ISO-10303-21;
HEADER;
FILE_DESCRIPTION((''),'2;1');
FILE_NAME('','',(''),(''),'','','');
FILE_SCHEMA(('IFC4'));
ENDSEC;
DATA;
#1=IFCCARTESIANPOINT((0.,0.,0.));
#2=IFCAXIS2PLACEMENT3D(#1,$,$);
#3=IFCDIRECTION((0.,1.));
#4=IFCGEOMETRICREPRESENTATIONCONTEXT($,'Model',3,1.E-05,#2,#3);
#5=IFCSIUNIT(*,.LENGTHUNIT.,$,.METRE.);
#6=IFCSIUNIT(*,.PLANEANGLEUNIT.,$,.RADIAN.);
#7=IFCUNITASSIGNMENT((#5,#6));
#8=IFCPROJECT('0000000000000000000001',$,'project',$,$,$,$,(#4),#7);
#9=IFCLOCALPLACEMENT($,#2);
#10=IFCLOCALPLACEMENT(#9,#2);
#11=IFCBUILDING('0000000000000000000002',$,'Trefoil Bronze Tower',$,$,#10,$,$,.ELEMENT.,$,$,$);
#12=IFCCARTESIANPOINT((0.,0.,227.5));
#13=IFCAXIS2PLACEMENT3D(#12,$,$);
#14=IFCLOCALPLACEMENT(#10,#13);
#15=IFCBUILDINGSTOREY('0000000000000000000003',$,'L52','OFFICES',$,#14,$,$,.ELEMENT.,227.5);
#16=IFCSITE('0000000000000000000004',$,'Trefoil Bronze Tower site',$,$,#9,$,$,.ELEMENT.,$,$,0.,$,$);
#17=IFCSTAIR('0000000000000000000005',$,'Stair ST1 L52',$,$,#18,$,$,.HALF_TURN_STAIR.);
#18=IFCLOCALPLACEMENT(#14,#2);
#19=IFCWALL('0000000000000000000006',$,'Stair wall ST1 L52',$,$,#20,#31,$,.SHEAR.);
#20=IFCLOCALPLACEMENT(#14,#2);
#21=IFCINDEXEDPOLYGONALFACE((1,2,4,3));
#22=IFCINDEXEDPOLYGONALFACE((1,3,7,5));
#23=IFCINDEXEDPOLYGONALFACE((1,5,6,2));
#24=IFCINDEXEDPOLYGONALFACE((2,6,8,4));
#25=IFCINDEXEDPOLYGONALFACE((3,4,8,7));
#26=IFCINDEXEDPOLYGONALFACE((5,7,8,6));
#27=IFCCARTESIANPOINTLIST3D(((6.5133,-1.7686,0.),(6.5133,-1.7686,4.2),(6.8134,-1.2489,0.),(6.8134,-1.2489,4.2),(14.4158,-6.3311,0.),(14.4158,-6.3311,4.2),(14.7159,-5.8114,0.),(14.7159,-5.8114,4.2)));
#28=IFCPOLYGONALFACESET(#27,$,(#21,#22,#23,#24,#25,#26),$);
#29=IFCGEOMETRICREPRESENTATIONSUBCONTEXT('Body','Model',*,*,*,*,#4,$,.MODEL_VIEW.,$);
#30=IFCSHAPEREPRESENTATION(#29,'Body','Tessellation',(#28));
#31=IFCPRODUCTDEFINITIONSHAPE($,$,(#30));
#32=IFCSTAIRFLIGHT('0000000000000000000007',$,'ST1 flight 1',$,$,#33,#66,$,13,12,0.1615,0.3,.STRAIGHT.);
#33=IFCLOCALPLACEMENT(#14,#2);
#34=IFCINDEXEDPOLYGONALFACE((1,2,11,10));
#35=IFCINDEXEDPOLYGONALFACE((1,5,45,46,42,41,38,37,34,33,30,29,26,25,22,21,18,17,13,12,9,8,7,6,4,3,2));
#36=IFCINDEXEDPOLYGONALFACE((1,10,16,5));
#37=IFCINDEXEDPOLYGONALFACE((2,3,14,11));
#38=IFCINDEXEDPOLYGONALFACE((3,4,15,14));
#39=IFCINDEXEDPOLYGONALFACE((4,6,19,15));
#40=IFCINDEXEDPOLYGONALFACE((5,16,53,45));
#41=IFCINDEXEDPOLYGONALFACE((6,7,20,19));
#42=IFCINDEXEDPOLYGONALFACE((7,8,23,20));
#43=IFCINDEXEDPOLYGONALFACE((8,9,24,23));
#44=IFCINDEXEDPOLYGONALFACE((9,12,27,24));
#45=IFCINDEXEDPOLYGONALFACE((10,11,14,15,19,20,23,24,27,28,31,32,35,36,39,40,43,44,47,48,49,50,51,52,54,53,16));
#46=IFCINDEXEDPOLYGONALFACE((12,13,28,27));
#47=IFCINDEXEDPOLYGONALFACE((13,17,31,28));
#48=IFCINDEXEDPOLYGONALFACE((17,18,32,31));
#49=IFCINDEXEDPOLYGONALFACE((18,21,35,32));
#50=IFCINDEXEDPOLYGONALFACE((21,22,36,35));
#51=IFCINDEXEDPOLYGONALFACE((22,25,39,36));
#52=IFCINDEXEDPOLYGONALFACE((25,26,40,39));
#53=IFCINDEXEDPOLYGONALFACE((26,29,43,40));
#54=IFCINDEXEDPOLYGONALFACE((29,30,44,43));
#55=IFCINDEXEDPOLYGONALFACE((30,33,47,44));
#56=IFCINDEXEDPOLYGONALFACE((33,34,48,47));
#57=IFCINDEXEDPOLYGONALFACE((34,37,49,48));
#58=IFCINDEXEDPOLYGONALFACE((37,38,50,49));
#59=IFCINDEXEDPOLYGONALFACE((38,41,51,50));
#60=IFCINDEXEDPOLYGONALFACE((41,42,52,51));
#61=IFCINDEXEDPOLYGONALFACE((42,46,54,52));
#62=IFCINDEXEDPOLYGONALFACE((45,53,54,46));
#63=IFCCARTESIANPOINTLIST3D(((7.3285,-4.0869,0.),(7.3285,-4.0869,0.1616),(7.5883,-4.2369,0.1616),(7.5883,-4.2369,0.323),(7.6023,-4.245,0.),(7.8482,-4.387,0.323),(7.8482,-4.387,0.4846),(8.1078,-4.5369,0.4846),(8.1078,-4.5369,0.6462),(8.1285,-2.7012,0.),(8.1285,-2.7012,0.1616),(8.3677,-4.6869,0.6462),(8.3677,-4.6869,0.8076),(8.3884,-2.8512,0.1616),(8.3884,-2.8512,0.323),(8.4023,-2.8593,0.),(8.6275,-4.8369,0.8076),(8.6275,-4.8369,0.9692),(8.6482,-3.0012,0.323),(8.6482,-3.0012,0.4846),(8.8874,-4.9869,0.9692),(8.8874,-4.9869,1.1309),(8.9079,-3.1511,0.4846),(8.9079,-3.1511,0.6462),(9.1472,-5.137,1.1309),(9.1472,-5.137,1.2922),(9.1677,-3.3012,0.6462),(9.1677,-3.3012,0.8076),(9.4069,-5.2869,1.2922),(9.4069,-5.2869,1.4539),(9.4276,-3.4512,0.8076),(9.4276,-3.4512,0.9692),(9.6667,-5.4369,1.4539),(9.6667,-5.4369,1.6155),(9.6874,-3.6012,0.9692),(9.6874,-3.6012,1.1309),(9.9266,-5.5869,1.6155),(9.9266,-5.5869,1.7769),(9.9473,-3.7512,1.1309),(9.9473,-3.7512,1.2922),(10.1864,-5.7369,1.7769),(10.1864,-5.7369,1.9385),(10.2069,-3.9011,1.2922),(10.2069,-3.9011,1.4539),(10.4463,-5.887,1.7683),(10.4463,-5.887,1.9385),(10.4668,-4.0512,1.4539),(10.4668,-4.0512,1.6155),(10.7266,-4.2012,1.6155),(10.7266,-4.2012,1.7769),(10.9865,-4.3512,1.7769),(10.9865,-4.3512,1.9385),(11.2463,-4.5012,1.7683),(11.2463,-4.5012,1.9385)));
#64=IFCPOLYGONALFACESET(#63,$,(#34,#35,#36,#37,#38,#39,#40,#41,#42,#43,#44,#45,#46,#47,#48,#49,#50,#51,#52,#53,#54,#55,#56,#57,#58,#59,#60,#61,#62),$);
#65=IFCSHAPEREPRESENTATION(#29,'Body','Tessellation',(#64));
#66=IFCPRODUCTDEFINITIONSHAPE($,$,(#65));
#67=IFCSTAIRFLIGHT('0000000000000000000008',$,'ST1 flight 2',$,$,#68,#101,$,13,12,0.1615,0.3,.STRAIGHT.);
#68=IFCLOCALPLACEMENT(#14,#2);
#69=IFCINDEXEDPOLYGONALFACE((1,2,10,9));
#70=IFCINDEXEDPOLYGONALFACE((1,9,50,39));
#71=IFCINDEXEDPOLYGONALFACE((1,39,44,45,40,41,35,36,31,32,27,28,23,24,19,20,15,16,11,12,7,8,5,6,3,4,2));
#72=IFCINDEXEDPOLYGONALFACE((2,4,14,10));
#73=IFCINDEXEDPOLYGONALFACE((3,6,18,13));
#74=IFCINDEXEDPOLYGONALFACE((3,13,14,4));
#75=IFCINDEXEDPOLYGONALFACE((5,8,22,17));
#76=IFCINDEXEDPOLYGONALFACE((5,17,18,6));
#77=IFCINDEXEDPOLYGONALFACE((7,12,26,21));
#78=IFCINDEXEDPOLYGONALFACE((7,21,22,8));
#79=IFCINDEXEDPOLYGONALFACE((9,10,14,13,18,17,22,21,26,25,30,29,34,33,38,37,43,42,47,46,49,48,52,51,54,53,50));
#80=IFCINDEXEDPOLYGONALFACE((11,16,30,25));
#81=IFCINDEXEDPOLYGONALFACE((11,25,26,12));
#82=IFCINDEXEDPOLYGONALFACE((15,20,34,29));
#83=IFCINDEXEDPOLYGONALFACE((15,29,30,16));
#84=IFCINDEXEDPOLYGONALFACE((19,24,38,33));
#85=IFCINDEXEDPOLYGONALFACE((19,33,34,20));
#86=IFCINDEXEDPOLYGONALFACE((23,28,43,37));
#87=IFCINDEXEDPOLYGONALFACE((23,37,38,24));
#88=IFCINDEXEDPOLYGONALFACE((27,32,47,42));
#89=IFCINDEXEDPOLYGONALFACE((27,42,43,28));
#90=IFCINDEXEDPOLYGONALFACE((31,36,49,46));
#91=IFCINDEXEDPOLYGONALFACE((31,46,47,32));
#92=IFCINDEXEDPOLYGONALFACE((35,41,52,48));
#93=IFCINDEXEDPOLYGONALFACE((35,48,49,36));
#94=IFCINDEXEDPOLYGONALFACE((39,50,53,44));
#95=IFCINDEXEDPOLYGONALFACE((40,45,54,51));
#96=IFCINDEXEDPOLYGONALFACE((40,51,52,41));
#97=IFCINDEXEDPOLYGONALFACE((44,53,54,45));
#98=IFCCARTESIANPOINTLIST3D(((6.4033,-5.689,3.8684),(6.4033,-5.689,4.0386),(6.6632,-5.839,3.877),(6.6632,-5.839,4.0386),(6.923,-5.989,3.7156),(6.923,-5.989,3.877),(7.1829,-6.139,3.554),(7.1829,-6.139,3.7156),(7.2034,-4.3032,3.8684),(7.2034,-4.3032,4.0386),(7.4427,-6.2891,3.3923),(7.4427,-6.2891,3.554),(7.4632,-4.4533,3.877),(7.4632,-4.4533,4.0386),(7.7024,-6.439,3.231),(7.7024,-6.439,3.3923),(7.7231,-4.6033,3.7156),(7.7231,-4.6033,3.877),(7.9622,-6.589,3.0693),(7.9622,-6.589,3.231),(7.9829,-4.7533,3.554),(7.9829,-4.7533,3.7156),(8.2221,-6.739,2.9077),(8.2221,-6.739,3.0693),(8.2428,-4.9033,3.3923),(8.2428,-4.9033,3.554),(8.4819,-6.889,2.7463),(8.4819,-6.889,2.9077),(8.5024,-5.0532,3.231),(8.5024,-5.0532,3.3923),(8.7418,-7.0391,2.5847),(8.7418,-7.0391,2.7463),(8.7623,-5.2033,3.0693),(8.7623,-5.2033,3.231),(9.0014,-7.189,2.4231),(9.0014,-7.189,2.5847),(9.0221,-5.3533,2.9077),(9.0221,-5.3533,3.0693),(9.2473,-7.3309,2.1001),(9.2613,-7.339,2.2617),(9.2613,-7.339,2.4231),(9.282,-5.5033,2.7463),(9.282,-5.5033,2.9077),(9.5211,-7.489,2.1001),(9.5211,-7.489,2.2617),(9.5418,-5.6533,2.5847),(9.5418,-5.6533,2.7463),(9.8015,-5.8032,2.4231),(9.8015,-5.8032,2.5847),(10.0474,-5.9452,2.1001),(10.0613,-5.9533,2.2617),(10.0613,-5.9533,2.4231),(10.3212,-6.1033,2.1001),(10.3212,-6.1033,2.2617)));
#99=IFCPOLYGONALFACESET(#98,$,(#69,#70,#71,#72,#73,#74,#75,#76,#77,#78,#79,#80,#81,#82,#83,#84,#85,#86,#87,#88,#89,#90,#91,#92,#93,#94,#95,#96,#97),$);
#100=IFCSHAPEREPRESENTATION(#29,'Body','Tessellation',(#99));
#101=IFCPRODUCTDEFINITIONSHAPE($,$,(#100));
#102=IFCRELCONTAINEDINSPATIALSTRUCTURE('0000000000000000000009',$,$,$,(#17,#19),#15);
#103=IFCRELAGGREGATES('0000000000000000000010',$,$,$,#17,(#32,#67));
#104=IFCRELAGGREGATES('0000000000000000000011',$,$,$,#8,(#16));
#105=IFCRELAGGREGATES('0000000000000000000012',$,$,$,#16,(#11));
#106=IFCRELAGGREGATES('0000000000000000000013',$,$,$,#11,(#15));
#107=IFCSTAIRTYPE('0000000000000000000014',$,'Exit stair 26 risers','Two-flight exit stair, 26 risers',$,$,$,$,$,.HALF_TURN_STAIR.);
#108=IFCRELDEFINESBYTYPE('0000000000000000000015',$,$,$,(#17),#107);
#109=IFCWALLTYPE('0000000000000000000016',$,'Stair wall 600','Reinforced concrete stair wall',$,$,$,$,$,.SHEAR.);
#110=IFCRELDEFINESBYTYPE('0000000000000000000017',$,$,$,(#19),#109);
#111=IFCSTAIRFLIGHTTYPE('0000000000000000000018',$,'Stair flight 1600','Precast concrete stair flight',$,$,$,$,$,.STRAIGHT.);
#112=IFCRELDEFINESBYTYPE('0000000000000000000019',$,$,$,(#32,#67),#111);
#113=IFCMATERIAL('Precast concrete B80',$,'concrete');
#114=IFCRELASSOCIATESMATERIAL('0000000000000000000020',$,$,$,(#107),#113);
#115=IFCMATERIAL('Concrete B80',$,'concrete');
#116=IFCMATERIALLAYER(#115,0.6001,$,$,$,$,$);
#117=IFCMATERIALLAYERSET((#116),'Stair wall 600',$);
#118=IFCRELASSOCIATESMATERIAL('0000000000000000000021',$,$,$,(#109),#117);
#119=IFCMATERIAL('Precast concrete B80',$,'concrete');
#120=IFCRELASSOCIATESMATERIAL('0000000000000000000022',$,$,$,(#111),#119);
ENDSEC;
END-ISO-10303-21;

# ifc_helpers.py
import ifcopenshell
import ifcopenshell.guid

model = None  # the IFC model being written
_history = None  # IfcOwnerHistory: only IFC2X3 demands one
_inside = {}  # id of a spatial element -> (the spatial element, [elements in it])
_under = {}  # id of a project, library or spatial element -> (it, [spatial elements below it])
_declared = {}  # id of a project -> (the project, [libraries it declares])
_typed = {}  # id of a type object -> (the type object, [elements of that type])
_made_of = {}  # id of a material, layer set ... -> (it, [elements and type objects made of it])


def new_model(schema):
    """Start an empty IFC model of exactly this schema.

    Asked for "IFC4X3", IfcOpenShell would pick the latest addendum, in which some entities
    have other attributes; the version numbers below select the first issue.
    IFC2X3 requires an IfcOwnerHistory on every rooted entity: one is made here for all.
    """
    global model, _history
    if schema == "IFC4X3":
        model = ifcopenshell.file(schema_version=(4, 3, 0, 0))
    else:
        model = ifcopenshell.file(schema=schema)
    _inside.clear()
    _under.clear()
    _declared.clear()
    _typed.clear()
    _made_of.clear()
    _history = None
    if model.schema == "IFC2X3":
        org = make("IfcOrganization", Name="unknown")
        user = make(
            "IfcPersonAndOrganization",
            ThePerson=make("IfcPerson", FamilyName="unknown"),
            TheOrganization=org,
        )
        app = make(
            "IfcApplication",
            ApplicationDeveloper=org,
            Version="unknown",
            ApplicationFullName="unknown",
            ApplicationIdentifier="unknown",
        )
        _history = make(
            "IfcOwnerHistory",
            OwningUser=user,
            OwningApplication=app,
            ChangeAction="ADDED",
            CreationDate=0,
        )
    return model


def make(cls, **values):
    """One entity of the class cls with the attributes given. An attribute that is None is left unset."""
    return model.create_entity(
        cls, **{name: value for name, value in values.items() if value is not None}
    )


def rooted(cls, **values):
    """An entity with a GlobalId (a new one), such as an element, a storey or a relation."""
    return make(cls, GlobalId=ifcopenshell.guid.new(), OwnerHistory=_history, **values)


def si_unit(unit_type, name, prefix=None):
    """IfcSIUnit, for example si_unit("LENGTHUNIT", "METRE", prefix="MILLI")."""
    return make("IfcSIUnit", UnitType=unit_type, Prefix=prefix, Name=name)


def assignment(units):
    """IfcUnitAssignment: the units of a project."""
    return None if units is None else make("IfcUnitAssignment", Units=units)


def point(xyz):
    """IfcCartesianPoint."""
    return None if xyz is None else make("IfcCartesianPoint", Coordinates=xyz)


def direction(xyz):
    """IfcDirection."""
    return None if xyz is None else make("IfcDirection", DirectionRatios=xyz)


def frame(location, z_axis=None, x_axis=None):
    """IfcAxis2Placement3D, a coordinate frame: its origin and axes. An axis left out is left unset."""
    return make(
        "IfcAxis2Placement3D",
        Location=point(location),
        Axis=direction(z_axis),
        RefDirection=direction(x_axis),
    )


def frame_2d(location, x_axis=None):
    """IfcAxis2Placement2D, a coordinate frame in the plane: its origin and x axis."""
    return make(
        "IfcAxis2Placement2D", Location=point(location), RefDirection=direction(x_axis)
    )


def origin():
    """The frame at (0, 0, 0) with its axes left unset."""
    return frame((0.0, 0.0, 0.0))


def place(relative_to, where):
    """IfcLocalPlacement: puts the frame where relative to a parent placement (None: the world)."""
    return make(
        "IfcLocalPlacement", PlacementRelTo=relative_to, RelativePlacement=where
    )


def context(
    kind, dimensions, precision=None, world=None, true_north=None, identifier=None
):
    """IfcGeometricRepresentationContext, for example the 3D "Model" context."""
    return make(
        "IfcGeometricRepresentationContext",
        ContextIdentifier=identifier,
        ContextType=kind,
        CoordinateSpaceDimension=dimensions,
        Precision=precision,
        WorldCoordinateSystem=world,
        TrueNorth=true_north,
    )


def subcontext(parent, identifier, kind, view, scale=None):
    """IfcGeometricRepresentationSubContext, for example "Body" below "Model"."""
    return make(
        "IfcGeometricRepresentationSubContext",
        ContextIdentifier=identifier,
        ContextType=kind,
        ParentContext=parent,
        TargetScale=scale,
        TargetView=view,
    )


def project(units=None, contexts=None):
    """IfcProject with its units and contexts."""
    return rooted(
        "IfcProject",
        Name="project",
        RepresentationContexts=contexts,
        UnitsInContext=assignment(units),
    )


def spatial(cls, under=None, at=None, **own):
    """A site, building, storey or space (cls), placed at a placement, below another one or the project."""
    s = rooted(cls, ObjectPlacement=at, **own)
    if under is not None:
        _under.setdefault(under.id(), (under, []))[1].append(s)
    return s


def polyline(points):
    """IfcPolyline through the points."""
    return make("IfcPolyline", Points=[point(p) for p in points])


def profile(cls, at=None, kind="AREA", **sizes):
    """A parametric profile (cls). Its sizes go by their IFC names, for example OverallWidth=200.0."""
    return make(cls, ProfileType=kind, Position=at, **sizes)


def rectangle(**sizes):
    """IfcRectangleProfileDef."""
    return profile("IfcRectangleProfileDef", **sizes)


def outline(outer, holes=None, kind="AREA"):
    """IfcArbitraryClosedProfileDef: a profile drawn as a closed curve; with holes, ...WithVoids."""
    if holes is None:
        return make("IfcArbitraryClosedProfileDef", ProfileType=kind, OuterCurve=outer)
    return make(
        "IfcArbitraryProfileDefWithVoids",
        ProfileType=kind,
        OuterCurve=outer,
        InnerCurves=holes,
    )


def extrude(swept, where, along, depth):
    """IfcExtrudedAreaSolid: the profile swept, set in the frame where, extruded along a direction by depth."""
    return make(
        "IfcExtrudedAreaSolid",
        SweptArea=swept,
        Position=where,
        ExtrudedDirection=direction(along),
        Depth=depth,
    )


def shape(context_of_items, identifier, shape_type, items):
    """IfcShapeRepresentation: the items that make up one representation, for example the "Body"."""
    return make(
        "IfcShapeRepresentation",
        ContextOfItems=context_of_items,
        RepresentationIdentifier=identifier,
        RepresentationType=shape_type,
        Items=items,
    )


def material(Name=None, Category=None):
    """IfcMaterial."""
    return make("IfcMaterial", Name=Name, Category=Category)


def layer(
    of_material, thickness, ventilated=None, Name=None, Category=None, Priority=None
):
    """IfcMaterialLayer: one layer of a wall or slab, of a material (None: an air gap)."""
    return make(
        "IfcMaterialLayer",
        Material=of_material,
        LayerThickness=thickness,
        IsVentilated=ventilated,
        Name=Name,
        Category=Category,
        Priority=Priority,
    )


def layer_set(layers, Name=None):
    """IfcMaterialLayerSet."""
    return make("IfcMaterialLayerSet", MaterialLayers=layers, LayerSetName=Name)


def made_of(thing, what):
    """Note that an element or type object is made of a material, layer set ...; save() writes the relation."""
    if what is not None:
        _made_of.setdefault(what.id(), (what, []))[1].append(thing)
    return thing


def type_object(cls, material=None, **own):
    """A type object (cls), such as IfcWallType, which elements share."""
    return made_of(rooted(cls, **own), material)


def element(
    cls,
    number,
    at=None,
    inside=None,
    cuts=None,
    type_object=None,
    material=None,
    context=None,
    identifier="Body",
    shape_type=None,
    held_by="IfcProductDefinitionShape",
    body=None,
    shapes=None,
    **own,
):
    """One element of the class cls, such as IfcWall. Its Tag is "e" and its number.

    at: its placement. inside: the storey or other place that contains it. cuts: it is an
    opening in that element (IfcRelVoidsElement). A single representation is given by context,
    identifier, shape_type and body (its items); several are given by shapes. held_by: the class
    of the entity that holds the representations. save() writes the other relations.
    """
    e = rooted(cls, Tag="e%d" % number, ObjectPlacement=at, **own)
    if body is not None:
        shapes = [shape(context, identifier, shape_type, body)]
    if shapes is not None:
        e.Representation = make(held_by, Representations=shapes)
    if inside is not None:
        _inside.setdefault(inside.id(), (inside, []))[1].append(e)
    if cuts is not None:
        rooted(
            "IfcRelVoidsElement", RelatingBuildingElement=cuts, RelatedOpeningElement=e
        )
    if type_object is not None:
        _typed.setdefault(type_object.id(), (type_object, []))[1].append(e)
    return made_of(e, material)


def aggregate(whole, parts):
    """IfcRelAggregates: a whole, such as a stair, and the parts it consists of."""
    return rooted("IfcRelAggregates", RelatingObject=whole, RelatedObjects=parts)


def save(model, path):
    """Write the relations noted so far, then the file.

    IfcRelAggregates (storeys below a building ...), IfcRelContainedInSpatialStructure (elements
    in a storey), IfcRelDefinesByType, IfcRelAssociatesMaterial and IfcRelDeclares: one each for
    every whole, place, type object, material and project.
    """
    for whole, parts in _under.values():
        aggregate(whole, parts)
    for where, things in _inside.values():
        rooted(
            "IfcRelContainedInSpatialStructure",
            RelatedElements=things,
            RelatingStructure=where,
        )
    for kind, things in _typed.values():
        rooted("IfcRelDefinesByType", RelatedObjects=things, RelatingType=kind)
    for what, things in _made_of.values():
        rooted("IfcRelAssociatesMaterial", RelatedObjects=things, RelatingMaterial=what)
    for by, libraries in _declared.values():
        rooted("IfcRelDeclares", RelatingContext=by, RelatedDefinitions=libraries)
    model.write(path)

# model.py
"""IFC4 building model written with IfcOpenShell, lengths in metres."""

from ifc_helpers import new_model, si_unit, direction, frame, frame_2d, origin, place, context, subcontext, project, spatial, polyline, rectangle, outline, extrude, material, layer, layer_set, type_object, element, aggregate, save


model = new_model("IFC4")

# Units and contexts
model_context = context("Model", 3, precision=1e-05, world=origin(), true_north=direction((0.0, 1.0)))
body_context = subcontext(model_context, "Body", "Model", "MODEL_VIEW")
ifc_project = project(units=[si_unit("LENGTHUNIT", "METRE"), si_unit("PLANEANGLEUNIT", "RADIAN")], contexts=[model_context])

# Site, building, storey
site_placement = place(None, origin())
site = spatial("IfcSite", under=ifc_project, at=site_placement, Name="Trefoil Bronze Tower site", CompositionType="ELEMENT", RefElevation=0.0)
building_placement = place(site_placement, origin())
building = spatial("IfcBuilding", under=site, at=building_placement, Name="Trefoil Bronze Tower", CompositionType="ELEMENT")
storey_placement = place(building_placement, frame((0.0, 0.0, 227.5)))
storey = spatial("IfcBuildingStorey", under=building, at=storey_placement, Name="L52", Description="OFFICES", CompositionType="ELEMENT", Elevation=227.5)

# Stair
ifc_material_1 = material(Name="Precast concrete B80", Category="concrete")
stair_type = type_object("IfcStairType", Name="Exit stair 26 risers", Description="Two-flight exit stair, 26 risers", PredefinedType="HALF_TURN_STAIR", material=ifc_material_1)
stair_1_placement = place(storey_placement, origin())
stair_1 = element("IfcStair", 1, at=stair_1_placement, inside=storey, type_object=stair_type, Name="Stair ST1 L52", PredefinedType="HALF_TURN_STAIR")

# Wall
ifc_material_2 = material(Name="Concrete B80", Category="concrete")
ifc_layer_1 = layer(ifc_material_2, 0.6001)
ifc_layer_set_1 = layer_set([ifc_layer_1], Name="Stair wall 600")
wall_type_1 = type_object("IfcWallType", Name="Stair wall 600", Description="Reinforced concrete stair wall", PredefinedType="SHEAR", material=ifc_layer_set_1)
for number, where, z_axis, x_axis, name in (
    (2, (6.6633, -1.5088, 0.0), (0.0, 0.0, 1.0), (0.866028, -0.499995, 0.0), "Stair wall ST1 L52"),
):
    element("IfcWall", number, at=place(storey_placement, frame(where, z_axis=z_axis, x_axis=x_axis)), inside=storey, type_object=wall_type_1, Name=name, PredefinedType="SHEAR", context=body_context, shape_type="SweptSolid", body=[
        extrude(rectangle(XDim=9.125, YDim=0.6001, at=frame_2d((4.5625, 0.0))), origin(), (0.0, 0.0, 1.0), 4.2),
    ])

# Stair flights
ifc_material_3 = material(Name="Precast concrete B80", Category="concrete")
stair_flight_type = type_object("IfcStairFlightType", Name="Stair flight 1600", Description="Precast concrete stair flight", PredefinedType="STRAIGHT", material=ifc_material_3)
stair_flight_1_placement = place(storey_placement, frame((7.7285, -3.394, 0.0), z_axis=(0.0, 0.0, 1.0), x_axis=(0.866025, -0.5, 0.0)))
stair_flight_1 = element("IfcStairFlight", 3, at=stair_flight_1_placement, type_object=stair_flight_type, Name="ST1 flight 1", NumberOfRisers=13, NumberOfTreads=12, PredefinedType="STRAIGHT", RiserHeight=0.1615, TreadLength=0.3, context=body_context, shape_type="SweptSolid", body=[
    extrude(outline(polyline([(0.0, 0.0), (0.0, 0.1616), (0.3, 0.1616), (0.3, 0.323), (0.6001, 0.323), (0.6001, 0.4846), (0.8999, 0.4846), (0.8999, 0.6462), (1.2, 0.6462), (1.2, 0.8076), (1.5, 0.8076), (1.5, 0.9692), (1.8, 0.9692), (1.8, 1.1309), (2.1001, 1.1309), (2.1001, 1.2922), (2.3999, 1.2922), (2.3999, 1.4539), (2.7, 1.4539), (2.7, 1.6155), (3.0, 1.6155), (3.0, 1.7769), (3.3, 1.7769), (3.3, 1.9385), (3.6001, 1.9385), (3.6001, 2.1001), (3.6001, 1.7683), (0.3162, 0.0), (0.0, 0.0)])), frame((0.0, 0.8, 0.0), z_axis=(0.0, -1.0, 0.0), x_axis=(1.0, 0.0, 0.0)), (0.0, 0.0, 1.0), 1.6001),
])
stair_flight_2_placement = place(storey_placement, frame((9.9211, -6.7961, 2.1001), z_axis=(0.0, 0.0, 1.0), x_axis=(-0.866025, 0.5, 0.0)))
stair_flight_2 = element("IfcStairFlight", 4, at=stair_flight_2_placement, type_object=stair_flight_type, Name="ST1 flight 2", NumberOfRisers=13, NumberOfTreads=12, PredefinedType="STRAIGHT", RiserHeight=0.1615, TreadLength=0.3, context=body_context, shape_type="SweptSolid", body=[
    extrude(outline(polyline([(0.0, 0.0), (0.0, 0.1616), (0.3, 0.1616), (0.3, 0.323), (0.6001, 0.323), (0.6001, 0.4846), (0.8999, 0.4846), (0.8999, 0.6462), (1.2, 0.6462), (1.2, 0.8076), (1.5, 0.8076), (1.5, 0.9692), (1.8, 0.9692), (1.8, 1.1309), (2.1001, 1.1309), (2.1001, 1.2922), (2.3999, 1.2922), (2.3999, 1.4539), (2.7, 1.4539), (2.7, 1.6155), (3.0, 1.6155), (3.0, 1.7769), (3.3, 1.7769), (3.3, 1.9385), (3.6001, 1.9385), (3.6001, 2.1001), (3.6001, 1.7683), (0.3162, 0.0), (0.0, 0.0)])), frame((0.0, 0.8, 0.0), z_axis=(0.0, -1.0, 0.0), x_axis=(1.0, 0.0, 0.0)), (0.0, 0.0, 1.0), 1.6001),
])
aggregate(stair_1, [stair_flight_1, stair_flight_2])

save(model, "model.ifc")
